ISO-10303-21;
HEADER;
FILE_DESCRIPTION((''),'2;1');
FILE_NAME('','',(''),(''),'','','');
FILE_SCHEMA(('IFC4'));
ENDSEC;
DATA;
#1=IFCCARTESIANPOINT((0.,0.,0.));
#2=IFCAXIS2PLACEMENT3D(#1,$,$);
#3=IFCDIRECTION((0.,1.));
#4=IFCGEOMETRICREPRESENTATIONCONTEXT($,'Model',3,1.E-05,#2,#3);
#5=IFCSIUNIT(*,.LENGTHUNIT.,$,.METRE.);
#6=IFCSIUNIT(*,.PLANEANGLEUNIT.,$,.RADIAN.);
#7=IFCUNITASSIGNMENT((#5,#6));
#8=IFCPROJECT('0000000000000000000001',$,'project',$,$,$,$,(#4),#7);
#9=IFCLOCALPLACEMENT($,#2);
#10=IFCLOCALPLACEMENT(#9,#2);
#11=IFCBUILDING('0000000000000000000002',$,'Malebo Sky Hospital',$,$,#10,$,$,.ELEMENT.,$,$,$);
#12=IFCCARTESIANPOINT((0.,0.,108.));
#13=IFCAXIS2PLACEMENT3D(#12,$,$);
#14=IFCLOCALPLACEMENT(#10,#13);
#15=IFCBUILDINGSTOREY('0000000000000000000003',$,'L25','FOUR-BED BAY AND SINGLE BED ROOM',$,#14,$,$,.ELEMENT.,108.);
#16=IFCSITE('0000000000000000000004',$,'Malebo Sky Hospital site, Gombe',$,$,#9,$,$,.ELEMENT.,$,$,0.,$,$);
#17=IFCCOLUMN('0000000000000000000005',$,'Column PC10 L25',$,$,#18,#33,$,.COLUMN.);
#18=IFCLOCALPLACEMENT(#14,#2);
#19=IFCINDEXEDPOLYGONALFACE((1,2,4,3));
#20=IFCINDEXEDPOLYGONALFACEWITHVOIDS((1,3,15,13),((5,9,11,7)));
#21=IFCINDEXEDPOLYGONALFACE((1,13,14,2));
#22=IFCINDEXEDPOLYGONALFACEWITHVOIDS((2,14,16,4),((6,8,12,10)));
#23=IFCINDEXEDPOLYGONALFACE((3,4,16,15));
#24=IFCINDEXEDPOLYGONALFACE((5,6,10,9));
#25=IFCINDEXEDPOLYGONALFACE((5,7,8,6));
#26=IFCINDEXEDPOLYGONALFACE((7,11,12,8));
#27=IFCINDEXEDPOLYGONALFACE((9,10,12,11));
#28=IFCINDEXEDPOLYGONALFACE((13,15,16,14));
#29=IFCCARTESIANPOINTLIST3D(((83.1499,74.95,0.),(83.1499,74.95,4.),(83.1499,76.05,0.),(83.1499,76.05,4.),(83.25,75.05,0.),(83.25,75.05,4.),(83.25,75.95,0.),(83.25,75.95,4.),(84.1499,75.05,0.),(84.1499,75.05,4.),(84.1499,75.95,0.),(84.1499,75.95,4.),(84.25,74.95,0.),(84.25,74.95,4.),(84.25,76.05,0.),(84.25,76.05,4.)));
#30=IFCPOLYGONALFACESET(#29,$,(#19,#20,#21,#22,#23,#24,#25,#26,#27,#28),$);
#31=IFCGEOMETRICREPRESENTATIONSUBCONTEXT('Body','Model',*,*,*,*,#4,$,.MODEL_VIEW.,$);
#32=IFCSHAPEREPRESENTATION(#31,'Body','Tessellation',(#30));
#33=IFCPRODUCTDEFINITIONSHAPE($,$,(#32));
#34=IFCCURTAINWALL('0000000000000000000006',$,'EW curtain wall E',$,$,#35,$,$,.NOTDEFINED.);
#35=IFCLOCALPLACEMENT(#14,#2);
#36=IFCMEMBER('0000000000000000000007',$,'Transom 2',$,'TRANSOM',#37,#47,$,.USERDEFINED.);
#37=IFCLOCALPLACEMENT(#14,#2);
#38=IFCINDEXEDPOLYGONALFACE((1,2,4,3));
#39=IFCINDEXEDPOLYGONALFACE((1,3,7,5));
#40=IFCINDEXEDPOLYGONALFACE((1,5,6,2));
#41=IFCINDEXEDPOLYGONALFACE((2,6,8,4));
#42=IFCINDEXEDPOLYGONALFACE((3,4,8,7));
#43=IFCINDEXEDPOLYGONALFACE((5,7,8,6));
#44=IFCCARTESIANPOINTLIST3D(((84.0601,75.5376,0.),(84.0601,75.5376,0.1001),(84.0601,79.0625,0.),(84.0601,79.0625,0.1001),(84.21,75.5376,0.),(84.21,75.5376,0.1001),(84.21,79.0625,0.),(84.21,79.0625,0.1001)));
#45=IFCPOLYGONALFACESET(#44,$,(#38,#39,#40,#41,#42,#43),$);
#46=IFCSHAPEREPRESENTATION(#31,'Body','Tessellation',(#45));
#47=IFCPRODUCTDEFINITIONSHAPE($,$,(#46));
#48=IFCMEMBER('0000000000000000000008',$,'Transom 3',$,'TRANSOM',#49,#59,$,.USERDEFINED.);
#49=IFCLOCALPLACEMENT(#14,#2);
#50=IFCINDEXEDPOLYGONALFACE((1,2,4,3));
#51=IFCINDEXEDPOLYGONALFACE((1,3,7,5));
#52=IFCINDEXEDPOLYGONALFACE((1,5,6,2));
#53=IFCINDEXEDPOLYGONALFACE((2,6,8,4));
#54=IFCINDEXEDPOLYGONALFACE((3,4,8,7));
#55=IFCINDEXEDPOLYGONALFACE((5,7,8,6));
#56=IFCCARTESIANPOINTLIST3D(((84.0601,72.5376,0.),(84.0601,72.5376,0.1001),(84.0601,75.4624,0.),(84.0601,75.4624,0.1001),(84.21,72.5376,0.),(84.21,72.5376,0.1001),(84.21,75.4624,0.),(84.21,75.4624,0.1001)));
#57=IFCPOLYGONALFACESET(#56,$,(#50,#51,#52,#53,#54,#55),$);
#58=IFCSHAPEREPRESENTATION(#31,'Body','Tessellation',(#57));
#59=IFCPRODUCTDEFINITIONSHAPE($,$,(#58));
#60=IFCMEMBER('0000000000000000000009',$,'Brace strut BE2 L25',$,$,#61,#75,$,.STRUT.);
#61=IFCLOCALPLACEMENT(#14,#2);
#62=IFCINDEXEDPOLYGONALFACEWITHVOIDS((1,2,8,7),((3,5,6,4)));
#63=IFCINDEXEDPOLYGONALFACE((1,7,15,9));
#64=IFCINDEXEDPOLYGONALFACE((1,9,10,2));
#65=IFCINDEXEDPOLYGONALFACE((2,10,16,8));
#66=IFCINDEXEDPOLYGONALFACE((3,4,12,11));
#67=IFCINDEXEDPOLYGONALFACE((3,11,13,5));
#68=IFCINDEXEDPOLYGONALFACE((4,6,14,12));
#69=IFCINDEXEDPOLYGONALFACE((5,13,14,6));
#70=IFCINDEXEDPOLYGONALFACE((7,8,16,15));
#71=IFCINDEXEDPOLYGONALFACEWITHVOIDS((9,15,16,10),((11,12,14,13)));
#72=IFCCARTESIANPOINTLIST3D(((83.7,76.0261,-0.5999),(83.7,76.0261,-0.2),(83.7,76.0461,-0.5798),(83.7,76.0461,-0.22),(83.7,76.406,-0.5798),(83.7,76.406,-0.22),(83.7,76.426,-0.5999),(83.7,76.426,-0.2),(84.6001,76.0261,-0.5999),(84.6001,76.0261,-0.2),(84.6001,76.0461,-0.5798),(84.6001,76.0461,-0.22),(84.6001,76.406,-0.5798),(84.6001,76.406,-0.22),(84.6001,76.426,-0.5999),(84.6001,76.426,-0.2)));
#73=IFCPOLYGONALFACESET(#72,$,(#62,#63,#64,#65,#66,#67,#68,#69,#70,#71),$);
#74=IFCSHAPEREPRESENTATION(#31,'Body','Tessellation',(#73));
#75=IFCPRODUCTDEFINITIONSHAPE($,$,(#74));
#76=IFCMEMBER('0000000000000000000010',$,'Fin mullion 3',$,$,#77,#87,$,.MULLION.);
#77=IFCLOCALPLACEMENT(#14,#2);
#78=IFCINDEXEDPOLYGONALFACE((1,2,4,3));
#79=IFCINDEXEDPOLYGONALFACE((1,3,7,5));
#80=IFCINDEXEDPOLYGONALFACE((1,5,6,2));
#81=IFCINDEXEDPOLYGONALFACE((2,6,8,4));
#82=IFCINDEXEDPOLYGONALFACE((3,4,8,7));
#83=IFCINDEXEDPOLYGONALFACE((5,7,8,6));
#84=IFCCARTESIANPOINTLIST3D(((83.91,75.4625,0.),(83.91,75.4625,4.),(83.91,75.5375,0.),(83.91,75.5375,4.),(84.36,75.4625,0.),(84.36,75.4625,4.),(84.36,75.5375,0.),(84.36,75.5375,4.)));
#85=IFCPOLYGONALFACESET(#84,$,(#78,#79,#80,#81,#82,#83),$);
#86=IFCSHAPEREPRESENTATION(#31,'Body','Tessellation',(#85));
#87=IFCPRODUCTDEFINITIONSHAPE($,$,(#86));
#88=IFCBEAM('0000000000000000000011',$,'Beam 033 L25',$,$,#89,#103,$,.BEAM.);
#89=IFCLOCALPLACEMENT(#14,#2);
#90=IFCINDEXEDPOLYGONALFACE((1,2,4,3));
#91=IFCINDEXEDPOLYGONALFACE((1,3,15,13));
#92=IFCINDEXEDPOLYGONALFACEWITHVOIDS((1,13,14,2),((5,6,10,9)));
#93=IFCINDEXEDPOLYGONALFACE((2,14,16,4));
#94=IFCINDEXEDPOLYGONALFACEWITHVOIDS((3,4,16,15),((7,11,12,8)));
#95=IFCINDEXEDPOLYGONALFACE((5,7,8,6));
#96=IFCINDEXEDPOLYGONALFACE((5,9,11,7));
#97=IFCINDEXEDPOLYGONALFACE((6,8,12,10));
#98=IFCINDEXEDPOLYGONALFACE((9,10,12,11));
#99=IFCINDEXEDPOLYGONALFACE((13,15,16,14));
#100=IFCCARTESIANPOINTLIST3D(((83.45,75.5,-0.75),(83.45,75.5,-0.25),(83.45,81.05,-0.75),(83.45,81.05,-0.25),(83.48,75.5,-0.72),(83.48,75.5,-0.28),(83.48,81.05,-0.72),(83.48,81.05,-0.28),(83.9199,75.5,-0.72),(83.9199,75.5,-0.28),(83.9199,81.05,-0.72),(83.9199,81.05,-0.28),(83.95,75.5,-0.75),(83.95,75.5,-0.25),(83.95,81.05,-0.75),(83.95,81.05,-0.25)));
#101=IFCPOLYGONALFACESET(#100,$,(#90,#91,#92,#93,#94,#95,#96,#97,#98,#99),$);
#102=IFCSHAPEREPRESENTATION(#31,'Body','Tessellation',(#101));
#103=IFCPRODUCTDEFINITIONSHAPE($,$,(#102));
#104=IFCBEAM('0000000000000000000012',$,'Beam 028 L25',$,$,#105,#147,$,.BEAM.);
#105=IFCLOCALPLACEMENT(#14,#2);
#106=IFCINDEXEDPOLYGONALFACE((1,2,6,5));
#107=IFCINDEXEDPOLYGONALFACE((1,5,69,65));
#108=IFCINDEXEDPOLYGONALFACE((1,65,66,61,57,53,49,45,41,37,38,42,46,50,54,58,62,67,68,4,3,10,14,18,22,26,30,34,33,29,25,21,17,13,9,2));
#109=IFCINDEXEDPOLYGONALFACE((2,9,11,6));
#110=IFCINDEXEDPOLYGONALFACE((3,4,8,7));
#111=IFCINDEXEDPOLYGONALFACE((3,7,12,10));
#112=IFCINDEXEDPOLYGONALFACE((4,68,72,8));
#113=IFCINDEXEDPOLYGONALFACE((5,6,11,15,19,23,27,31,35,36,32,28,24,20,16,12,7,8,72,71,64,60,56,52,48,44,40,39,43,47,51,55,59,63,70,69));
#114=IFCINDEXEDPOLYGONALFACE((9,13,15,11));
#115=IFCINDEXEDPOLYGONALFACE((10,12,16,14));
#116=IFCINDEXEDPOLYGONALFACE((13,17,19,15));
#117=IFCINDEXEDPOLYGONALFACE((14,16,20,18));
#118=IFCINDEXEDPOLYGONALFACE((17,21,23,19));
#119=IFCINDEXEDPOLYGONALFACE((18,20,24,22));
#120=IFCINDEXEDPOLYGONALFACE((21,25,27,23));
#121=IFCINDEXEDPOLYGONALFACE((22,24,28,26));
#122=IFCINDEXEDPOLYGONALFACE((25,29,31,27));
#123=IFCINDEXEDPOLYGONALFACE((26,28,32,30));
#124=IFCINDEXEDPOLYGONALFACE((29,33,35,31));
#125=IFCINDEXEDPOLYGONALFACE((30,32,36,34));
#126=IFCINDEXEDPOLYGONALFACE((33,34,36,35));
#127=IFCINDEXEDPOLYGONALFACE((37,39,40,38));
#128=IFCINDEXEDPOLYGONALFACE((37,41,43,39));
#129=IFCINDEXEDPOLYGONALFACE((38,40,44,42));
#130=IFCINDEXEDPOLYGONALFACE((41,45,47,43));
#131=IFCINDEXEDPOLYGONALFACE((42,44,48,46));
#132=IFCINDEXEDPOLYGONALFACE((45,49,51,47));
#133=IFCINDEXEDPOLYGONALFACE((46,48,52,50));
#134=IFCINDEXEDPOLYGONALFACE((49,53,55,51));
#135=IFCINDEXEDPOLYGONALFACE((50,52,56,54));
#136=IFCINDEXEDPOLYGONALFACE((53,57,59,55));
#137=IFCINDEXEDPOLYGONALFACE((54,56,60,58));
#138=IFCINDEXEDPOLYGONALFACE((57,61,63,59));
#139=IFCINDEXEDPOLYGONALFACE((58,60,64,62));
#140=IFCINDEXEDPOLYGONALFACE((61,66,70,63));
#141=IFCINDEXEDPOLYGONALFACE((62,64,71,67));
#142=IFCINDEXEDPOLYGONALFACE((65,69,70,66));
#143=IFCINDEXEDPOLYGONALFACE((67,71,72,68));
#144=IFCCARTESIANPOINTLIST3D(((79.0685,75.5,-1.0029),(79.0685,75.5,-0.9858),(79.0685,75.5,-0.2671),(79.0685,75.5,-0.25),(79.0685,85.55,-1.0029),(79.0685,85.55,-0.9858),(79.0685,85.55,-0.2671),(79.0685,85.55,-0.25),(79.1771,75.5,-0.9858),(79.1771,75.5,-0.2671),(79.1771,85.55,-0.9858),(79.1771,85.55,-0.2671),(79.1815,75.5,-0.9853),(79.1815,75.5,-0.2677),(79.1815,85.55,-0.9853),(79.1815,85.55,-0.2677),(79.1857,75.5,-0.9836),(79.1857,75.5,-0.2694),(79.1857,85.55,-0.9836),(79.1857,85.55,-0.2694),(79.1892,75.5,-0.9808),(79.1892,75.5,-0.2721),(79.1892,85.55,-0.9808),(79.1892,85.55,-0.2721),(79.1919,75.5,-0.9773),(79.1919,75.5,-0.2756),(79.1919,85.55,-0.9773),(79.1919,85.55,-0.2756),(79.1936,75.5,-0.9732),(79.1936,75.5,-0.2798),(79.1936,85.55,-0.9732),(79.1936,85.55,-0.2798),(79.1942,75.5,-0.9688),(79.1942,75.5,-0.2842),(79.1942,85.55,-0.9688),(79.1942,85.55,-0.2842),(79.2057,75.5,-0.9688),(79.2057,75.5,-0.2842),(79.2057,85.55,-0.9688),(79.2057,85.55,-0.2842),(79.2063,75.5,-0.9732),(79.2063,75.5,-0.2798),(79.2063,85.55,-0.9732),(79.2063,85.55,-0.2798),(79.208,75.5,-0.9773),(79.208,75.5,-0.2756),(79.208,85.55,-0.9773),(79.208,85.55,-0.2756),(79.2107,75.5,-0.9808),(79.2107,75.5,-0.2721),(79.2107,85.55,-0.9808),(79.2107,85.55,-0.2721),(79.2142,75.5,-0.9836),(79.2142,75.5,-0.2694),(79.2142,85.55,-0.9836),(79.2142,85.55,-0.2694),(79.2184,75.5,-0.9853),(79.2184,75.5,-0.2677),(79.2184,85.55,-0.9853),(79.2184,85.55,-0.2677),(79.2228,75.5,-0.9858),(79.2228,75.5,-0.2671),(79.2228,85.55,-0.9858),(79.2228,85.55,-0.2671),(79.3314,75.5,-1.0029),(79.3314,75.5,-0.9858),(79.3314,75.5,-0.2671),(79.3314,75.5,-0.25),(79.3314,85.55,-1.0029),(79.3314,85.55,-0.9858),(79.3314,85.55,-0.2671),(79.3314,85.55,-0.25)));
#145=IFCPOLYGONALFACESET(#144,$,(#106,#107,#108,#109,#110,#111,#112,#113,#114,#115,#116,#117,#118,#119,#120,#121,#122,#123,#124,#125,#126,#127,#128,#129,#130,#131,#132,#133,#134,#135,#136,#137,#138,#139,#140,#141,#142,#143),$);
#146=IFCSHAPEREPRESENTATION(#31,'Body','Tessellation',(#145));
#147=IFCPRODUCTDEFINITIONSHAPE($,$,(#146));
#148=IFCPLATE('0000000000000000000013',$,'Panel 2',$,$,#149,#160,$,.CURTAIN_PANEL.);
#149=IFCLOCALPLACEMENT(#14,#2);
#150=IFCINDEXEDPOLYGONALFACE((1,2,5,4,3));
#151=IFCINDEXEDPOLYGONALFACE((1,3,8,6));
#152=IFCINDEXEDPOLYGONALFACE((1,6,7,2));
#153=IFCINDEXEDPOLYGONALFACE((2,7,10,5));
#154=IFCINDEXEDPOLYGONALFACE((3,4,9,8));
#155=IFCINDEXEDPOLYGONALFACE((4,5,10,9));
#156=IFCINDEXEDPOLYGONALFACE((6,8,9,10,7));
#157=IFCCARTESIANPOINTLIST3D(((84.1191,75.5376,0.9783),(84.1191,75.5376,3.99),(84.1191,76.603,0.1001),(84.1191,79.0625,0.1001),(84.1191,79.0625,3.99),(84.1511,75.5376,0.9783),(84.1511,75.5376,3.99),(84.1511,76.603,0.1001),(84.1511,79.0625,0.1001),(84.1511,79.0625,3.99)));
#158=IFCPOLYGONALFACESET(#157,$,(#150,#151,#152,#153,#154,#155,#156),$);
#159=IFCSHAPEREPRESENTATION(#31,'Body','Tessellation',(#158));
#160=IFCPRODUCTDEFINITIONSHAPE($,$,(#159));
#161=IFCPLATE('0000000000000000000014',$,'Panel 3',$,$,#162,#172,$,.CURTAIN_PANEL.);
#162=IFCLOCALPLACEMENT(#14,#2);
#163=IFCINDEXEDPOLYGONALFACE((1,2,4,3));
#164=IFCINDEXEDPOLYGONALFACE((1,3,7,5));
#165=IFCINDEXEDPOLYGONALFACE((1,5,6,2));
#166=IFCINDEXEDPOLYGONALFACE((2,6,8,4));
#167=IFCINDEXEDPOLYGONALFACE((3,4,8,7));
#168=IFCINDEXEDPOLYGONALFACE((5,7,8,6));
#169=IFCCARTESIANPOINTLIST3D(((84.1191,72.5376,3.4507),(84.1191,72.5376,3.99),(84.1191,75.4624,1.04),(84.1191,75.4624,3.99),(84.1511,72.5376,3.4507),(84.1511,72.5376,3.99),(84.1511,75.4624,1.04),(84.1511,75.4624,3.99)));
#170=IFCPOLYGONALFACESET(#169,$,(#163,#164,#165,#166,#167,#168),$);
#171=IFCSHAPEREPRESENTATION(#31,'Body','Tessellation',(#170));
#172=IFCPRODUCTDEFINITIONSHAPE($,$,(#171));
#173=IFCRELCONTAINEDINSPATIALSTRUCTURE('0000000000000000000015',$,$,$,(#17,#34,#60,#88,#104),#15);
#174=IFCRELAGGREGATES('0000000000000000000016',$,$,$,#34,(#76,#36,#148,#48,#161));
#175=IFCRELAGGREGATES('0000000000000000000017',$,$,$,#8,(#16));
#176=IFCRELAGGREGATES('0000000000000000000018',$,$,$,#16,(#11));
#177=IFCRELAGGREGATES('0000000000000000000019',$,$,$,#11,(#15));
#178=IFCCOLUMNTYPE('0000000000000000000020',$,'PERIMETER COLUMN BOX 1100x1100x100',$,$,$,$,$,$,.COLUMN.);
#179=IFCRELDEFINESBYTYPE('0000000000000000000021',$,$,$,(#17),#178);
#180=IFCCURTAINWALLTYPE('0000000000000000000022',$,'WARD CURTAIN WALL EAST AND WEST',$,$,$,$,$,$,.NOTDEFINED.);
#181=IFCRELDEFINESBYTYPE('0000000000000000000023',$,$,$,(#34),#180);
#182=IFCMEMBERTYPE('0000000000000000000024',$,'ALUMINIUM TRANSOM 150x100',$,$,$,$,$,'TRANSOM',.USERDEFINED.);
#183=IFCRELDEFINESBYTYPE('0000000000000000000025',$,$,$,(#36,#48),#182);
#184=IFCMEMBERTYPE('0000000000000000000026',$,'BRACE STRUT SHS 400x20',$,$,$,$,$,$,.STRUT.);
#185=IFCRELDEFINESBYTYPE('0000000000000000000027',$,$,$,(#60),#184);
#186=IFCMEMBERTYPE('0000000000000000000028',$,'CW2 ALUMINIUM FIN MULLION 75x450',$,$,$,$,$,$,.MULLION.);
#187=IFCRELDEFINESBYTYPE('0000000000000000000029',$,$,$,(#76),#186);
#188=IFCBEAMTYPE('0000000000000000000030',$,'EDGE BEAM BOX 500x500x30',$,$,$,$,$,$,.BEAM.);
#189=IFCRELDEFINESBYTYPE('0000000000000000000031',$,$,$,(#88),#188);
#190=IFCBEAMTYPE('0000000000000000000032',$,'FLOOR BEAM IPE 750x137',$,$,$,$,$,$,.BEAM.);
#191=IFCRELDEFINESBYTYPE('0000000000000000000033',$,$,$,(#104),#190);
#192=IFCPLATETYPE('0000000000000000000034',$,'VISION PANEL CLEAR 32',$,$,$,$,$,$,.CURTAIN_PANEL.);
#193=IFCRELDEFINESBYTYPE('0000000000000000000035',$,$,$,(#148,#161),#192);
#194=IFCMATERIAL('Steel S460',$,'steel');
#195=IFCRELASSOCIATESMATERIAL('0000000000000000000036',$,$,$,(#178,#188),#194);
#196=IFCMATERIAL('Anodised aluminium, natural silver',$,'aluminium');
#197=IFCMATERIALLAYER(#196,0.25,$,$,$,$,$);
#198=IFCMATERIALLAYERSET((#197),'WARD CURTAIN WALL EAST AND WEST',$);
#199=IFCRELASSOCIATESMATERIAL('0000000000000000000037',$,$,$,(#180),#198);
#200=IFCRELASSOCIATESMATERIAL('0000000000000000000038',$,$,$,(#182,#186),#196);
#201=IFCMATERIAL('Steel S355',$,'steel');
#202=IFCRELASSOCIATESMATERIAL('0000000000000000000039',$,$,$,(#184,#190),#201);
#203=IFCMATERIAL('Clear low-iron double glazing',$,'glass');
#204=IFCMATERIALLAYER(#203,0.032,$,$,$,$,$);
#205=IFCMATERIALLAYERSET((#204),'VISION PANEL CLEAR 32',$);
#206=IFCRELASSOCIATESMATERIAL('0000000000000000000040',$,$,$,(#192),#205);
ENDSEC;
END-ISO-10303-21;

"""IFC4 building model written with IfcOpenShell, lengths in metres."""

from ifc_helpers import new_model, si_unit, direction, frame, origin, origin_2d, place, context, subcontext, project, spatial, polyline, rectangle, hollow_rectangle, i_section, outline, extrude, material, layer, layer_set, material_profile, profile_set, type_object, element, aggregate, save


model = new_model("IFC4")

# Units and contexts
model_context = context("Model", 3, precision=1e-05, world=origin(), true_north=direction((0.0, 1.0)))
body_context = subcontext(model_context, "Body", "Model", "MODEL_VIEW")
ifc_project = project(units=[si_unit("LENGTHUNIT", "METRE"), si_unit("PLANEANGLEUNIT", "RADIAN")], contexts=[model_context])

# Site, building, storey
site_placement = place(None, origin())
site = spatial("IfcSite", under=ifc_project, at=site_placement, Name="Malebo Sky Hospital site, Gombe", CompositionType="ELEMENT", RefElevation=0.0)
building_placement = place(site_placement, origin())
building = spatial("IfcBuilding", under=site, at=building_placement, Name="Malebo Sky Hospital", CompositionType="ELEMENT")
storey_placement = place(building_placement, frame((0.0, 0.0, 108.0)))
storey = spatial("IfcBuildingStorey", under=building, at=storey_placement, Name="L25", Description="FOUR-BED BAY AND SINGLE BED ROOM", CompositionType="ELEMENT", Elevation=108.0)

# Column
ifc_material_1 = material(Name="Steel S460", Category="steel")
ifc_material_profile_1 = material_profile(ifc_material_1, hollow_rectangle(XDim=1.1001, YDim=1.1001, WallThickness=0.1001, at=origin_2d()), Name="BOX 1100x1100x100")
ifc_profile_set_1 = profile_set([ifc_material_profile_1], Name="Steel S460")
column_type = type_object("IfcColumnType", Name="PERIMETER COLUMN BOX 1100x1100x100", PredefinedType="COLUMN", material=ifc_profile_set_1)
column_placement = place(storey_placement, frame((83.7, 75.5, 0.0), z_axis=(0.0, 0.0, 1.0), x_axis=(1.0, 0.0, 0.0)))
element("IfcColumn", 1, at=column_placement, inside=storey, type_object=column_type, Name="Column PC10 L25", PredefinedType="COLUMN", context=body_context, shape_type="SweptSolid", body=[
    extrude(hollow_rectangle(XDim=1.1001, YDim=1.1001, WallThickness=0.1001, at=origin_2d()), origin(), (0.0, 0.0, 1.0), 4.0),
])

# Curtain wall, members
ifc_material_2 = material(Name="Anodised aluminium, natural silver", Category="aluminium")
ifc_layer_1 = layer(ifc_material_2, 0.25)
ifc_layer_set_1 = layer_set([ifc_layer_1], Name="WARD CURTAIN WALL EAST AND WEST")
curtain_wall_type = type_object("IfcCurtainWallType", Name="WARD CURTAIN WALL EAST AND WEST", PredefinedType="NOTDEFINED", material=ifc_layer_set_1)
curtain_wall_placement = place(storey_placement, origin())
curtain_wall = element("IfcCurtainWall", 2, at=curtain_wall_placement, inside=storey, type_object=curtain_wall_type, Name="EW curtain wall E", PredefinedType="NOTDEFINED")
ifc_material_profile_2 = material_profile(ifc_material_2, rectangle(XDim=0.1499, YDim=0.1001, at=origin_2d()), Name="ALUMINIUM TRANSOM 150x100")
ifc_profile_set_2 = profile_set([ifc_material_profile_2], Name="Anodised aluminium, natural silver")
member_type_1 = type_object("IfcMemberType", Name="ALUMINIUM TRANSOM 150x100", ElementType="TRANSOM", PredefinedType="USERDEFINED", material=ifc_profile_set_2)
member_1_placement = place(storey_placement, frame((84.135, 79.0625, 0.05), z_axis=(0.0, -1.0, 0.0), x_axis=(1.0, 0.0, 0.0)))
member_1 = element("IfcMember", 3, at=member_1_placement, type_object=member_type_1, Name="Transom 2", ObjectType="TRANSOM", PredefinedType="USERDEFINED", context=body_context, shape_type="SweptSolid", body=[
    extrude(rectangle(XDim=0.1499, YDim=0.1001, at=origin_2d()), origin(), (0.0, 0.0, 1.0), 3.5249),
])
member_2_placement = place(storey_placement, frame((84.135, 75.4624, 0.05), z_axis=(0.0, -1.0, 0.0), x_axis=(1.0, 0.0, 0.0)))
member_2 = element("IfcMember", 4, at=member_2_placement, type_object=member_type_1, Name="Transom 3", ObjectType="TRANSOM", PredefinedType="USERDEFINED", context=body_context, shape_type="SweptSolid", body=[
    extrude(rectangle(XDim=0.1499, YDim=0.1001, at=origin_2d()), origin(), (0.0, 0.0, 1.0), 2.9248),
])

# Members
ifc_material_3 = material(Name="Steel S355", Category="steel")
ifc_material_profile_3 = material_profile(ifc_material_3, hollow_rectangle(XDim=0.3999, YDim=0.3999, WallThickness=0.02, at=origin_2d()), Name="SHS 400x20")
ifc_profile_set_3 = profile_set([ifc_material_profile_3], Name="Steel S355")
member_type_2 = type_object("IfcMemberType", Name="BRACE STRUT SHS 400x20", PredefinedType="STRUT", material=ifc_profile_set_3)
member_3_placement = place(storey_placement, frame((84.6001, 76.2261, -0.3999), z_axis=(-1.0, 0.0, 0.0), x_axis=(0.0, -1.0, 0.0)))
element("IfcMember", 5, at=member_3_placement, inside=storey, type_object=member_type_2, Name="Brace strut BE2 L25", PredefinedType="STRUT", context=body_context, shape_type="SweptSolid", body=[
    extrude(hollow_rectangle(XDim=0.3999, YDim=0.3999, WallThickness=0.02, at=origin_2d()), origin(), (0.0, 0.0, 1.0), 0.9001),
])
ifc_material_profile_4 = material_profile(ifc_material_2, rectangle(XDim=0.075, YDim=0.45, at=origin_2d()), Name="CW2 ALUMINIUM FIN MULLION 75x450")
ifc_profile_set_4 = profile_set([ifc_material_profile_4], Name="Anodised aluminium, natural silver")
member_type_3 = type_object("IfcMemberType", Name="CW2 ALUMINIUM FIN MULLION 75x450", PredefinedType="MULLION", material=ifc_profile_set_4)
member_4_placement = place(storey_placement, frame((84.135, 75.5, 0.0), z_axis=(0.0, 0.0, 1.0), x_axis=(0.0, -1.0, 0.0)))
member_4 = element("IfcMember", 6, at=member_4_placement, type_object=member_type_3, Name="Fin mullion 3", PredefinedType="MULLION", context=body_context, shape_type="SweptSolid", body=[
    extrude(rectangle(XDim=0.075, YDim=0.45, at=origin_2d()), origin(), (0.0, 0.0, 1.0), 4.0),
])

# Beams
ifc_material_profile_5 = material_profile(ifc_material_1, hollow_rectangle(XDim=0.5, YDim=0.5, WallThickness=0.03, at=origin_2d()), Name="BOX 500x500x30")
ifc_profile_set_5 = profile_set([ifc_material_profile_5], Name="Steel S460")
beam_type_1 = type_object("IfcBeamType", Name="EDGE BEAM BOX 500x500x30", PredefinedType="BEAM", material=ifc_profile_set_5)
beam_1_placement = place(storey_placement, frame((83.7, 75.5, -0.5), z_axis=(0.0, 1.0, 0.0), x_axis=(-1.0, 0.0, 0.0)))
element("IfcBeam", 7, at=beam_1_placement, inside=storey, type_object=beam_type_1, Name="Beam 033 L25", PredefinedType="BEAM", context=body_context, shape_type="SweptSolid", body=[
    extrude(hollow_rectangle(XDim=0.5, YDim=0.5, WallThickness=0.03, at=origin_2d()), origin(), (0.0, 0.0, 1.0), 5.55),
])
ifc_material_profile_6 = material_profile(ifc_material_3, i_section(OverallWidth=0.2629, OverallDepth=0.7529, WebThickness=0.0115, FlangeThickness=0.0171, FilletRadius=0.0171, at=origin_2d()), Name="IPE 750x137")
ifc_profile_set_6 = profile_set([ifc_material_profile_6], Name="Steel S355")
beam_type_2 = type_object("IfcBeamType", Name="FLOOR BEAM IPE 750x137", PredefinedType="BEAM", material=ifc_profile_set_6)
beam_2_placement = place(storey_placement, frame((79.2, 75.5, -0.6265), z_axis=(0.0, 1.0, 0.0), x_axis=(-1.0, 0.0, 0.0)))
element("IfcBeam", 8, at=beam_2_placement, inside=storey, type_object=beam_type_2, Name="Beam 028 L25", PredefinedType="BEAM", context=body_context, shape_type="SweptSolid", body=[
    extrude(i_section(OverallWidth=0.2629, OverallDepth=0.7529, WebThickness=0.0115, FlangeThickness=0.0171, FilletRadius=0.0171, at=origin_2d()), origin(), (0.0, 0.0, 1.0), 10.05),
])

# Plates
ifc_material_4 = material(Name="Clear low-iron double glazing", Category="glass")
ifc_layer_2 = layer(ifc_material_4, 0.032)
ifc_layer_set_2 = layer_set([ifc_layer_2], Name="VISION PANEL CLEAR 32")
plate_type = type_object("IfcPlateType", Name="VISION PANEL CLEAR 32", PredefinedType="CURTAIN_PANEL", material=ifc_layer_set_2)
plate_1_placement = place(storey_placement, frame((84.135, 77.3, 0.1001), z_axis=(0.0, 0.0, 1.0), x_axis=(0.0, -1.0, 0.0)))
plate_1 = element("IfcPlate", 9, at=plate_1_placement, type_object=plate_type, Name="Panel 2", PredefinedType="CURTAIN_PANEL", context=body_context, shape_type="SweptSolid", body=[
    extrude(outline(polyline([(-1.7625, 0.0), (0.697, 0.0), (1.7625, 0.8782), (1.7625, 3.8899), (-1.7625, 3.8899), (-1.7625, 0.0)])), frame((0.0, 0.0161, 0.0), z_axis=(0.0, -1.0, 0.0), x_axis=(1.0, 0.0, 0.0)), (0.0, 0.0, 1.0), 0.032),
])
plate_2_placement = place(storey_placement, frame((84.135, 74.0, 1.04), z_axis=(0.0, 0.0, 1.0), x_axis=(0.0, -1.0, 0.0)))
plate_2 = element("IfcPlate", 10, at=plate_2_placement, type_object=plate_type, Name="Panel 3", PredefinedType="CURTAIN_PANEL", context=body_context, shape_type="SweptSolid", body=[
    extrude(outline(polyline([(-1.4624, 0.0), (1.4624, 2.4106), (1.4624, 2.95), (-1.4624, 2.95), (-1.4624, 0.0)])), frame((0.0, 0.0161, 0.0), z_axis=(0.0, -1.0, 0.0), x_axis=(1.0, 0.0, 0.0)), (0.0, 0.0, 1.0), 0.032),
])
aggregate(curtain_wall, [member_4, member_1, plate_1, member_2, plate_2])

save(model, "model.ifc")
